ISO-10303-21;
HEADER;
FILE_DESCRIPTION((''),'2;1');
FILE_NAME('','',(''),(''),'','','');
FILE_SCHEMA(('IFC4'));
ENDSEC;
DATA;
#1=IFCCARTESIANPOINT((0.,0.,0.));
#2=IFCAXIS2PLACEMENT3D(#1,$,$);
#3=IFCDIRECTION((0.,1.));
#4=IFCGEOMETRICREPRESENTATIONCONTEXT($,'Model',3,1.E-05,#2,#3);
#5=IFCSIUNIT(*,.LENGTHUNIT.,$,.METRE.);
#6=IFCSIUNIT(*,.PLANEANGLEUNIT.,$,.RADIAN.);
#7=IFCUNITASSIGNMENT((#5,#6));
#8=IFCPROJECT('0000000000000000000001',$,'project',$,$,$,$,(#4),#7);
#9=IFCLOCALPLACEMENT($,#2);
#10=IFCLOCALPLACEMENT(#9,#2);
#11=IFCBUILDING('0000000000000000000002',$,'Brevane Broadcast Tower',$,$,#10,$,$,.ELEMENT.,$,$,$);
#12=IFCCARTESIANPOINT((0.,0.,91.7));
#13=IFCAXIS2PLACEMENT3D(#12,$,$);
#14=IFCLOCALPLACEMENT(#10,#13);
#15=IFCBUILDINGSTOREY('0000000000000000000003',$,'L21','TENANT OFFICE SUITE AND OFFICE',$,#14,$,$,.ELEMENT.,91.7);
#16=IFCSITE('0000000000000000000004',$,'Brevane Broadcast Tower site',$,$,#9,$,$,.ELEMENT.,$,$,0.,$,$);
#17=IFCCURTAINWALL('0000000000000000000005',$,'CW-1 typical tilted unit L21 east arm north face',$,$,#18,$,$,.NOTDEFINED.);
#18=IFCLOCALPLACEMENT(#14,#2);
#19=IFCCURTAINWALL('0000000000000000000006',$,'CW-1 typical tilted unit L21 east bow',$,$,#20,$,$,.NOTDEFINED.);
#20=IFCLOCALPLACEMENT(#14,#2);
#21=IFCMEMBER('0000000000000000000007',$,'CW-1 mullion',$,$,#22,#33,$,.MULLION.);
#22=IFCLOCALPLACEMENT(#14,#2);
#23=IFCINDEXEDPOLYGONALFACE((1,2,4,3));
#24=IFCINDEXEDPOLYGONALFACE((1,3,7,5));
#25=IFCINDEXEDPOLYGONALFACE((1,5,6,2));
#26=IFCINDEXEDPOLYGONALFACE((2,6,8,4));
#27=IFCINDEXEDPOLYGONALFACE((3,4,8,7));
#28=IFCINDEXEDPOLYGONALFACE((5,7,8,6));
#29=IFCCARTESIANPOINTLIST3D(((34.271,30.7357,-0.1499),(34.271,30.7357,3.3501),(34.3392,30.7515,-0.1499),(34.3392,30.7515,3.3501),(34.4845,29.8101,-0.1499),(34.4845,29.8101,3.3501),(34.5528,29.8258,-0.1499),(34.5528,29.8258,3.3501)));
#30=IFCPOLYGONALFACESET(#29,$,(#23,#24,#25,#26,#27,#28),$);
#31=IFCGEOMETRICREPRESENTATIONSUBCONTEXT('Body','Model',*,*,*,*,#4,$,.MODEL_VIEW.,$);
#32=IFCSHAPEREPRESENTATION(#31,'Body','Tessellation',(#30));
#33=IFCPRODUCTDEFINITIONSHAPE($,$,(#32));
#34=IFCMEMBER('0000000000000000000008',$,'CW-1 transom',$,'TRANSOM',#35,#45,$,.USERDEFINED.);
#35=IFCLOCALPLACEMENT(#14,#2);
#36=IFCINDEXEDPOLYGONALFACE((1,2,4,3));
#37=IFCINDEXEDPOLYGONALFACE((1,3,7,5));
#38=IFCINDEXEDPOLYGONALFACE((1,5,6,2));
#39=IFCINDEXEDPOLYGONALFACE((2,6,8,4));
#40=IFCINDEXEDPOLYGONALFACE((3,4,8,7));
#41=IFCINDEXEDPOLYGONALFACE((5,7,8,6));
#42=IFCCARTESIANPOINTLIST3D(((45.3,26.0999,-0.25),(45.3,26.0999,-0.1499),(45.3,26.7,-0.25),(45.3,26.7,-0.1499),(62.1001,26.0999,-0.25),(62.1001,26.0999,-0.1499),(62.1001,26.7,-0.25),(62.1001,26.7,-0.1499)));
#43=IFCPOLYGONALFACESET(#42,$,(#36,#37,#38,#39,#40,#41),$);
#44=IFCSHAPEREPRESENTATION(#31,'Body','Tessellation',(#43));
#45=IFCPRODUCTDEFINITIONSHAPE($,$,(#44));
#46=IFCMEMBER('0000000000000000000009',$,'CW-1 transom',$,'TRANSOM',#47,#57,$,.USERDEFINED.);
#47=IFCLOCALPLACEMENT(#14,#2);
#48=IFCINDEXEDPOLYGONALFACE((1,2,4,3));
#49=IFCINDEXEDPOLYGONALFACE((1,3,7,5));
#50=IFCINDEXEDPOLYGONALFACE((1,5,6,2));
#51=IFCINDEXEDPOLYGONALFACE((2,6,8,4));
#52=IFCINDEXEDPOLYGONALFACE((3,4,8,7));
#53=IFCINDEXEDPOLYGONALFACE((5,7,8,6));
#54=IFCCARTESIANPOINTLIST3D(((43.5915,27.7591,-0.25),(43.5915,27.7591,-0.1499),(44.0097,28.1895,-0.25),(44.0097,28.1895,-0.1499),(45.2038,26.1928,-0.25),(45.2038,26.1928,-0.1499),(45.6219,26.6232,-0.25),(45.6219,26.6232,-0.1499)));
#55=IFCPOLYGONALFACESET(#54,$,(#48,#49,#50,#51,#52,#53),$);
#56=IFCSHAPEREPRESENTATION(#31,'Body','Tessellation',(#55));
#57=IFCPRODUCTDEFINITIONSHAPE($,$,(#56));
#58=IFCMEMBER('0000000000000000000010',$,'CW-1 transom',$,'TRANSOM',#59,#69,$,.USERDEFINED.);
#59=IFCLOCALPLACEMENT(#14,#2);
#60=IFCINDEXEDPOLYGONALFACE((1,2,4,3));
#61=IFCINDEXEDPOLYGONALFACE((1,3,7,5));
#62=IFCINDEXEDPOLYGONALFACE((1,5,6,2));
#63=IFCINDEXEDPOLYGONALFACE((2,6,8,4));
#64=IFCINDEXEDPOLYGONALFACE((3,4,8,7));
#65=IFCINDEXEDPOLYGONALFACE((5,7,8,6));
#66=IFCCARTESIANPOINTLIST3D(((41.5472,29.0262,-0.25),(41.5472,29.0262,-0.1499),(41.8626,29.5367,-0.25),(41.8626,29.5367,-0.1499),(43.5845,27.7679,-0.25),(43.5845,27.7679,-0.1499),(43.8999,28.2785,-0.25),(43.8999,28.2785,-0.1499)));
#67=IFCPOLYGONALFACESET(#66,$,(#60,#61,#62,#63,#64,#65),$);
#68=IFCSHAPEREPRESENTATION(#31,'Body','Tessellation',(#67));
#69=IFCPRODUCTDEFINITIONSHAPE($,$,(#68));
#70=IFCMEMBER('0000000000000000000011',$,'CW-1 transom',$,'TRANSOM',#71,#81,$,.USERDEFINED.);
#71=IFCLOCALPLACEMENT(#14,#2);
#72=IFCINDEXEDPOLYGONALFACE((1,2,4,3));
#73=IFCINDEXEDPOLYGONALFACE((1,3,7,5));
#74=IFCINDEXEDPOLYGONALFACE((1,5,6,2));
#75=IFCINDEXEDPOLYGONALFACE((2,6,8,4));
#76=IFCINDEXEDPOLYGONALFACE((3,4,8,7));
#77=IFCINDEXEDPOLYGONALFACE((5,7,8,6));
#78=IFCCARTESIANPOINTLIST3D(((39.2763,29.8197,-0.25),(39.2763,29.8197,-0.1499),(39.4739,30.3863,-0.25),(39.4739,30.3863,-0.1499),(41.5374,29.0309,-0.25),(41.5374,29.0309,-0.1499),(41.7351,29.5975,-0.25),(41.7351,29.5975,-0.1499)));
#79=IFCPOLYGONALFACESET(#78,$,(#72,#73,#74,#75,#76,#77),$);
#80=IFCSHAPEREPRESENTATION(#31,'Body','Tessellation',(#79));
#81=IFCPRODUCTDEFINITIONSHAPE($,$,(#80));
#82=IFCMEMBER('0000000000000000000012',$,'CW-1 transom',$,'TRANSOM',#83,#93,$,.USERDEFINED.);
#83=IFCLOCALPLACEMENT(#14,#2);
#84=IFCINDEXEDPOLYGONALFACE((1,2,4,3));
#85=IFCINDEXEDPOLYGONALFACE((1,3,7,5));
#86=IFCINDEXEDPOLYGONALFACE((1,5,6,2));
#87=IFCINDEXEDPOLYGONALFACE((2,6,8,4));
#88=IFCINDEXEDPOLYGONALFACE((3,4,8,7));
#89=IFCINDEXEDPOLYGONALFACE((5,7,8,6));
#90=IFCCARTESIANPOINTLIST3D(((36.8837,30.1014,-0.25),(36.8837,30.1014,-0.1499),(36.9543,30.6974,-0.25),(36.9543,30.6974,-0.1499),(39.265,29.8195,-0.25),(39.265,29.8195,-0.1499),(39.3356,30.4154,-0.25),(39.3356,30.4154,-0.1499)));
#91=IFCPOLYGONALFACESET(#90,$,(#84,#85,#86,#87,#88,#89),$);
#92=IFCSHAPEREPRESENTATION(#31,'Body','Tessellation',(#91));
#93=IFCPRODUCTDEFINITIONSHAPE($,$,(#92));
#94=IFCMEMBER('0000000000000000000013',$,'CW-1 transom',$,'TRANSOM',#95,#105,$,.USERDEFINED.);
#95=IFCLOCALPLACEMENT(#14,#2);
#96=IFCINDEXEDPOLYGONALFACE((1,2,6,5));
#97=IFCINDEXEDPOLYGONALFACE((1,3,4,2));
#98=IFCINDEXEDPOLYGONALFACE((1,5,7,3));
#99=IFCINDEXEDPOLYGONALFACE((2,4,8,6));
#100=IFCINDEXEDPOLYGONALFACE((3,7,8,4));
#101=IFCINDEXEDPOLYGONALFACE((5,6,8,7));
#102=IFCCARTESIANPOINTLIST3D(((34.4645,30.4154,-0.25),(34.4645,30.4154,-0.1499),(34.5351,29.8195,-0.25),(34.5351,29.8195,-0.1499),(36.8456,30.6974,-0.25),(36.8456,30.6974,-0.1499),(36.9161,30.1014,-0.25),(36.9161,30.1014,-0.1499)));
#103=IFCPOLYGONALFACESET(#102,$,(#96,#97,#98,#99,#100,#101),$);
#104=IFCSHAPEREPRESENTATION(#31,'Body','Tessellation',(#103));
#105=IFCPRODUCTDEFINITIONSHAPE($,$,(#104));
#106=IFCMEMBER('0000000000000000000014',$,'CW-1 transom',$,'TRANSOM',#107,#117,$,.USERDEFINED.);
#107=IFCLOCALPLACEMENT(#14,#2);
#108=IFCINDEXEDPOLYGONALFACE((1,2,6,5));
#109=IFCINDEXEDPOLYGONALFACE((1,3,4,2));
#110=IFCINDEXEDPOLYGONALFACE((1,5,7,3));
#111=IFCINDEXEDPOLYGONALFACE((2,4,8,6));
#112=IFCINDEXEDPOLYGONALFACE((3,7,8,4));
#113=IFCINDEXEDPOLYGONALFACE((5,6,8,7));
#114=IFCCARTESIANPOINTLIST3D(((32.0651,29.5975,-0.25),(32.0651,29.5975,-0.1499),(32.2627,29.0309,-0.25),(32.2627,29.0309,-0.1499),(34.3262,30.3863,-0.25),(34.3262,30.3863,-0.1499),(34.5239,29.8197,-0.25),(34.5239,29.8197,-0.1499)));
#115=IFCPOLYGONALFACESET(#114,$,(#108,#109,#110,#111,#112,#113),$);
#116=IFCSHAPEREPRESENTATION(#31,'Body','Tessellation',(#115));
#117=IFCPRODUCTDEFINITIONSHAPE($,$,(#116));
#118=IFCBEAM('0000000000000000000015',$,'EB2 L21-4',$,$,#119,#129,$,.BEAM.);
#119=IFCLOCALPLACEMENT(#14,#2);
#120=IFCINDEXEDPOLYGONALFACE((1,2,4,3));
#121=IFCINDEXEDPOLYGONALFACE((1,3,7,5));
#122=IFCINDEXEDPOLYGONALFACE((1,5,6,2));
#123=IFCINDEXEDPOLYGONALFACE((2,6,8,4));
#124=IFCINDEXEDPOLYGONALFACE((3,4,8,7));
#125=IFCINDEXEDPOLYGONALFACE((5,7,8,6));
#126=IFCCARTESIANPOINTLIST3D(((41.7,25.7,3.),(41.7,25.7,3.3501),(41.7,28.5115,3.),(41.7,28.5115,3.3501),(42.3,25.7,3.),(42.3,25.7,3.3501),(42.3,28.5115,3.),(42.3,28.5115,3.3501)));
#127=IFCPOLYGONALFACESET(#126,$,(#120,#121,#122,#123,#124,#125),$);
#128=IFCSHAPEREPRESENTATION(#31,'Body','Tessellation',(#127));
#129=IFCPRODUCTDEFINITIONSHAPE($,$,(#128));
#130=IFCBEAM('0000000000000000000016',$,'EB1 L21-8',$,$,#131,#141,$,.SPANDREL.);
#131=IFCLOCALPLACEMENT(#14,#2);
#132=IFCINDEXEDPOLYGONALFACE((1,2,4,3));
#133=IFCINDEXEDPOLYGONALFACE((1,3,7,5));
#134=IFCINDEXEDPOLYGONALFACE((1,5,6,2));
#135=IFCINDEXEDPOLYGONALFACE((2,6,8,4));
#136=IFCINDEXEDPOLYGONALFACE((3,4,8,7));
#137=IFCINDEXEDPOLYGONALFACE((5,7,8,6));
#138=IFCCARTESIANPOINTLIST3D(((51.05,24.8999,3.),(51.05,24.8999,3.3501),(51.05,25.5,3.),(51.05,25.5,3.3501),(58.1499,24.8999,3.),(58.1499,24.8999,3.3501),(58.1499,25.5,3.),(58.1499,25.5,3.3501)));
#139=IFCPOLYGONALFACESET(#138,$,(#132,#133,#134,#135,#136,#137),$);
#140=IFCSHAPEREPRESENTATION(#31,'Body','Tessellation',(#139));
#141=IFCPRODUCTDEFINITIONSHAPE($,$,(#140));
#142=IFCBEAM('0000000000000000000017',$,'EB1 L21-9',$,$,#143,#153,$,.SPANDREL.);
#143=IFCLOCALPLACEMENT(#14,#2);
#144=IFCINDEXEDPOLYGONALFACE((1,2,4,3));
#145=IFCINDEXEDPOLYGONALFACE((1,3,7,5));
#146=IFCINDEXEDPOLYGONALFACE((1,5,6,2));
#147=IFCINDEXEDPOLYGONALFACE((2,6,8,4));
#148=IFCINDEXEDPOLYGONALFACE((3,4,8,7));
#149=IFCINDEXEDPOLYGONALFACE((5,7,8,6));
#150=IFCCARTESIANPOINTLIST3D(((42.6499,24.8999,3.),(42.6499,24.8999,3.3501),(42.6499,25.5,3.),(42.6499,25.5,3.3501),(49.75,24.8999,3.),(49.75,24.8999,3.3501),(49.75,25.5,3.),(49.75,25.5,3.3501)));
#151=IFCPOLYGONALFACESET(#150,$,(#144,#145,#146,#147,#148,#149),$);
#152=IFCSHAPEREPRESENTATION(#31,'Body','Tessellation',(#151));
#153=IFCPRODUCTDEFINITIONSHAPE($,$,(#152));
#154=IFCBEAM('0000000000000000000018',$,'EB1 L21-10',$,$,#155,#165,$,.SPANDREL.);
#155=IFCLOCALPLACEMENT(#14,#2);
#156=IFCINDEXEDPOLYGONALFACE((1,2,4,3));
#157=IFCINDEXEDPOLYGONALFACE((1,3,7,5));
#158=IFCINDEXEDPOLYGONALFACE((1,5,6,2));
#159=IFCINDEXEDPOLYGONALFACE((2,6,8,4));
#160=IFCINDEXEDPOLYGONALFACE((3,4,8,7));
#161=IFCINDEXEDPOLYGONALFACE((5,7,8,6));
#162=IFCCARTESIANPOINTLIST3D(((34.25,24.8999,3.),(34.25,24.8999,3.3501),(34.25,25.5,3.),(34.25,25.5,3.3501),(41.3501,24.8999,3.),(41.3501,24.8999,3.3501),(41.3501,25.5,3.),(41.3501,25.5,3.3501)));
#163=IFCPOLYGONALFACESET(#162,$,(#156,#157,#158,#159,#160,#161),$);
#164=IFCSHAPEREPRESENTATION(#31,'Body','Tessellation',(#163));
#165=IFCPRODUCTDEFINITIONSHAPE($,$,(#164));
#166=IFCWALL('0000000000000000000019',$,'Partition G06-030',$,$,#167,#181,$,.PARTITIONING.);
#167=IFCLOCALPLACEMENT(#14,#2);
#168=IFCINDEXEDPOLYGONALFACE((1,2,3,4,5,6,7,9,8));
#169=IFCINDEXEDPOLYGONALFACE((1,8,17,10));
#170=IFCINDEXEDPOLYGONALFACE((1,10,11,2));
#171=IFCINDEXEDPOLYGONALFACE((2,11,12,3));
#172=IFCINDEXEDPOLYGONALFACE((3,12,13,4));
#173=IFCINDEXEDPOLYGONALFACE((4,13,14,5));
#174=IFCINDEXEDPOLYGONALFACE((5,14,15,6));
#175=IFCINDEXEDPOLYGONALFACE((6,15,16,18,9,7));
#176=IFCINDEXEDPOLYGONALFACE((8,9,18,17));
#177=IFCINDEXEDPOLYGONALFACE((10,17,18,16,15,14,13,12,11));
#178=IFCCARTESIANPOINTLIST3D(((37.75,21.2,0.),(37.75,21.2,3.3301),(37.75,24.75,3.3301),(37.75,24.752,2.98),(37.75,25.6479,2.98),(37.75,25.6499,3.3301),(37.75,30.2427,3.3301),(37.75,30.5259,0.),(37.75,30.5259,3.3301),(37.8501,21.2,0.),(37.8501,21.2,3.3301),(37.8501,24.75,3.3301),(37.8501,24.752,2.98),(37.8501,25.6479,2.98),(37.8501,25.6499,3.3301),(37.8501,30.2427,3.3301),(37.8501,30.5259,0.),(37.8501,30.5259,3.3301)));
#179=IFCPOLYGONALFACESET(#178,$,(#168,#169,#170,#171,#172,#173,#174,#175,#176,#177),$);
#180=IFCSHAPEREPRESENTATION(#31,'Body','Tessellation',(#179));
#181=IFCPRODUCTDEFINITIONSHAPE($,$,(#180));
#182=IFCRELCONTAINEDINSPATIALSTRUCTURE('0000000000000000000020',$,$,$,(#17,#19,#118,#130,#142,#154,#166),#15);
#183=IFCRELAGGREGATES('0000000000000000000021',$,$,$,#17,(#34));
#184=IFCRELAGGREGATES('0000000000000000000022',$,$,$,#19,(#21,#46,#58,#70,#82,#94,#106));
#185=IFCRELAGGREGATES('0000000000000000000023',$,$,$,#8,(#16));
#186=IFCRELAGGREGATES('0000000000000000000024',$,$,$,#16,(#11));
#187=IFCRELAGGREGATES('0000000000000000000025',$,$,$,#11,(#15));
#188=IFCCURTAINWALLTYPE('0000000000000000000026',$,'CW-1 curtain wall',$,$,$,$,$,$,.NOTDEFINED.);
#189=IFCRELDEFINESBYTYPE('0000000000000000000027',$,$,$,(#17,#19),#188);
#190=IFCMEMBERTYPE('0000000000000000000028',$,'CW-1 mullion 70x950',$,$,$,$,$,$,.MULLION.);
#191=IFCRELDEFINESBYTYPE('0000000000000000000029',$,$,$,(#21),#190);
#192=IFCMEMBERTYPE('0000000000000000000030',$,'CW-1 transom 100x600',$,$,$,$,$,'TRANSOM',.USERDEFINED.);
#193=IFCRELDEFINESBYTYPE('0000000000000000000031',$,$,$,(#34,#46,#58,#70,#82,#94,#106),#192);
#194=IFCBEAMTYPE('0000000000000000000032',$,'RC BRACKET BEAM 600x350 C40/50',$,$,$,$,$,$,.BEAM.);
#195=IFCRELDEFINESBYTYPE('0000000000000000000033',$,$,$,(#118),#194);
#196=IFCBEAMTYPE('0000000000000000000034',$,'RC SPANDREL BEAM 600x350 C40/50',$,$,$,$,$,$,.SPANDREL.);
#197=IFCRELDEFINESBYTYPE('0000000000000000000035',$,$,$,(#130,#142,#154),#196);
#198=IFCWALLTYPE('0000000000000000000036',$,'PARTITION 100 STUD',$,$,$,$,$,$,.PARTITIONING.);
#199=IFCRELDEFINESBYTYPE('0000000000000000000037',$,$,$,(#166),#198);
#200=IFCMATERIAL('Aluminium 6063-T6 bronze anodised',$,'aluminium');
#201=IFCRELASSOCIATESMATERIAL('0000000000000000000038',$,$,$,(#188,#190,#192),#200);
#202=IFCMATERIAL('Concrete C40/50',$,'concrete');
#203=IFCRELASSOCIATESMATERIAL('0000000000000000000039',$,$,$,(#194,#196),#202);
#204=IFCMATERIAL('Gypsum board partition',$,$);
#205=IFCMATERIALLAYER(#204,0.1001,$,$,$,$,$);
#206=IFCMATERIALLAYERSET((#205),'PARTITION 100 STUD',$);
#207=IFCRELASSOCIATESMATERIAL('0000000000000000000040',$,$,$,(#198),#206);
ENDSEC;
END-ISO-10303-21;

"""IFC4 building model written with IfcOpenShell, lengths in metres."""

from ifc_helpers import new_model, si_unit, direction, frame, origin, origin_2d, place, context, subcontext, project, spatial, polyline, rectangle, outline, extrude, material, layer, layer_set, material_profile, profile_set, type_object, element, aggregate, save


model = new_model("IFC4")

# Units and contexts
model_context = context("Model", 3, precision=1e-05, world=origin(), true_north=direction((0.0, 1.0)))
body_context = subcontext(model_context, "Body", "Model", "MODEL_VIEW")
ifc_project = project(units=[si_unit("LENGTHUNIT", "METRE"), si_unit("PLANEANGLEUNIT", "RADIAN")], contexts=[model_context])

# Site, building, storey
site_placement = place(None, origin())
site = spatial("IfcSite", under=ifc_project, at=site_placement, Name="Brevane Broadcast Tower site", CompositionType="ELEMENT", RefElevation=0.0)
building_placement = place(site_placement, origin())
building = spatial("IfcBuilding", under=site, at=building_placement, Name="Brevane Broadcast Tower", CompositionType="ELEMENT")
storey_placement = place(building_placement, frame((0.0, 0.0, 91.7)))
storey = spatial("IfcBuildingStorey", under=building, at=storey_placement, Name="L21", Description="TENANT OFFICE SUITE AND OFFICE", CompositionType="ELEMENT", Elevation=91.7)

# Curtain walls, member
ifc_material_1 = material(Name="Aluminium 6063-T6 bronze anodised", Category="aluminium")
curtain_wall_type = type_object("IfcCurtainWallType", Name="CW-1 curtain wall", PredefinedType="NOTDEFINED", material=ifc_material_1)
ifc_material_profile_1 = material_profile(ifc_material_1, rectangle(XDim=0.95, YDim=0.0701, at=origin_2d()), Name="RECT 70x950")
ifc_profile_set_1 = profile_set([ifc_material_profile_1], Name="Aluminium 6063-T6 bronze anodised")
member_type_1 = type_object("IfcMemberType", Name="CW-1 mullion 70x950", PredefinedType="MULLION", material=ifc_profile_set_1)
curtain_wall_1_placement = place(storey_placement, origin())
curtain_wall_1 = element("IfcCurtainWall", 1, at=curtain_wall_1_placement, inside=storey, type_object=curtain_wall_type, Name="CW-1 typical tilted unit L21 east arm north face", PredefinedType="NOTDEFINED")
curtain_wall_2_placement = place(storey_placement, origin())
curtain_wall_2 = element("IfcCurtainWall", 2, at=curtain_wall_2_placement, inside=storey, type_object=curtain_wall_type, Name="CW-1 typical tilted unit L21 east bow", PredefinedType="NOTDEFINED")
member_1_placement = place(storey_placement, frame((34.4119, 30.2808, -0.1499), z_axis=(0.0, 0.0, 1.0), x_axis=(0.224806, -0.974403, 0.0)))
member_1 = element("IfcMember", 3, at=member_1_placement, type_object=member_type_1, Name="CW-1 mullion", PredefinedType="MULLION", context=body_context, shape_type="SweptSolid", body=[
    extrude(rectangle(XDim=0.95, YDim=0.0701, at=origin_2d()), origin(), (0.0, 0.0, 1.0), 3.5),
])

# Members
ifc_material_profile_2 = material_profile(ifc_material_1, rectangle(XDim=0.6001, YDim=0.1001, at=origin_2d()), Name="RECT 100x600")
ifc_profile_set_2 = profile_set([ifc_material_profile_2], Name="Aluminium 6063-T6 bronze anodised")
member_type_2 = type_object("IfcMemberType", Name="CW-1 transom 100x600", ElementType="TRANSOM", PredefinedType="USERDEFINED", material=ifc_profile_set_2)
member_2_placement = place(storey_placement, frame((62.1001, 26.3999, -0.2), z_axis=(-1.0, 0.0, 0.0), x_axis=(0.0, -1.0, 0.0)))
member_2 = element("IfcMember", 4, at=member_2_placement, type_object=member_type_2, Name="CW-1 transom", ObjectType="TRANSOM", PredefinedType="USERDEFINED", context=body_context, shape_type="SweptSolid", body=[
    extrude(rectangle(XDim=0.6001, YDim=0.1001, at=origin_2d()), origin(), (0.0, 0.0, 1.0), 16.8),
])
aggregate(curtain_wall_1, [member_2])
member_3_placement = place(storey_placement, frame((45.4128, 26.408, -0.2), z_axis=(-0.717242, 0.696824, 0.0), x_axis=(-0.696824, -0.717242, 0.0)))
member_3 = element("IfcMember", 5, at=member_3_placement, type_object=member_type_2, Name="CW-1 transom", ObjectType="TRANSOM", PredefinedType="USERDEFINED", context=body_context, shape_type="SweptSolid", body=[
    extrude(rectangle(XDim=0.6001, YDim=0.1001, at=origin_2d()), origin(), (0.0, 0.0, 1.0), 2.2478),
])
member_4_placement = place(storey_placement, frame((43.7422, 28.0232, -0.2), z_axis=(-0.85081, 0.525473, 0.0), x_axis=(-0.525473, -0.85081, 0.0)))
member_4 = element("IfcMember", 6, at=member_4_placement, type_object=member_type_2, Name="CW-1 transom", ObjectType="TRANSOM", PredefinedType="USERDEFINED", context=body_context, shape_type="SweptSolid", body=[
    extrude(rectangle(XDim=0.6001, YDim=0.1001, at=origin_2d()), origin(), (0.0, 0.0, 1.0), 2.3945),
])
member_5_placement = place(storey_placement, frame((41.6362, 29.3142, -0.2), z_axis=(-0.944198, 0.329378, 0.0), x_axis=(-0.329378, -0.944198, 0.0)))
member_5 = element("IfcMember", 7, at=member_5_placement, type_object=member_type_2, Name="CW-1 transom", ObjectType="TRANSOM", PredefinedType="USERDEFINED", context=body_context, shape_type="SweptSolid", body=[
    extrude(rectangle(XDim=0.6001, YDim=0.1001, at=origin_2d()), origin(), (0.0, 0.0, 1.0), 2.3948),
])
member_6_placement = place(storey_placement, frame((39.3003, 30.1174, -0.2), z_axis=(-0.993062, 0.117591, 0.0), x_axis=(-0.117591, -0.993062, 0.0)))
member_6 = element("IfcMember", 8, at=member_6_placement, type_object=member_type_2, Name="CW-1 transom", ObjectType="TRANSOM", PredefinedType="USERDEFINED", context=body_context, shape_type="SweptSolid", body=[
    extrude(rectangle(XDim=0.6001, YDim=0.1001, at=origin_2d()), origin(), (0.0, 0.0, 1.0), 2.3979),
])
member_7_placement = place(storey_placement, frame((36.8809, 30.3994, -0.2), z_axis=(-0.993061, -0.117603, 0.0), x_axis=(0.117603, -0.993061, 0.0)))
member_7 = element("IfcMember", 9, at=member_7_placement, type_object=member_type_2, Name="CW-1 transom", ObjectType="TRANSOM", PredefinedType="USERDEFINED", context=body_context, shape_type="SweptSolid", body=[
    extrude(rectangle(XDim=0.6001, YDim=0.1001, at=origin_2d()), origin(), (0.0, 0.0, 1.0), 2.3977),
])
member_8_placement = place(storey_placement, frame((34.425, 30.103, -0.2), z_axis=(-0.944198, -0.329378, 0.0), x_axis=(0.329378, -0.944198, 0.0)))
member_8 = element("IfcMember", 10, at=member_8_placement, type_object=member_type_2, Name="CW-1 transom", ObjectType="TRANSOM", PredefinedType="USERDEFINED", context=body_context, shape_type="SweptSolid", body=[
    extrude(rectangle(XDim=0.6001, YDim=0.1001, at=origin_2d()), origin(), (0.0, 0.0, 1.0), 2.3948),
])
aggregate(curtain_wall_2, [member_1, member_3, member_4, member_5, member_6, member_7, member_8])

# Beams
ifc_material_2 = material(Name="Concrete C40/50", Category="concrete")
ifc_material_profile_3 = material_profile(ifc_material_2, rectangle(XDim=0.6001, YDim=0.3501, at=origin_2d()), Name="RC 600x350")
ifc_profile_set_3 = profile_set([ifc_material_profile_3], Name="Concrete C40/50")
beam_type_1 = type_object("IfcBeamType", Name="RC BRACKET BEAM 600x350 C40/50", PredefinedType="BEAM", material=ifc_profile_set_3)
beam_1_placement = place(storey_placement, frame((42.0, 25.7, 3.175), z_axis=(0.0, 1.0, 0.0), x_axis=(-1.0, 0.0, 0.0)))
element("IfcBeam", 11, at=beam_1_placement, inside=storey, type_object=beam_type_1, Name="EB2 L21-4", PredefinedType="BEAM", context=body_context, shape_type="SweptSolid", body=[
    extrude(rectangle(XDim=0.6001, YDim=0.3501, at=origin_2d()), origin(), (0.0, 0.0, 1.0), 2.8115),
])
ifc_material_profile_4 = material_profile(ifc_material_2, rectangle(XDim=0.6001, YDim=0.3501, at=origin_2d()), Name="RC 600x350")
ifc_profile_set_4 = profile_set([ifc_material_profile_4], Name="Concrete C40/50")
beam_type_2 = type_object("IfcBeamType", Name="RC SPANDREL BEAM 600x350 C40/50", PredefinedType="SPANDREL", material=ifc_profile_set_4)
beam_2_placement = place(storey_placement, frame((58.1499, 25.2, 3.175), z_axis=(-1.0, 0.0, 0.0), x_axis=(0.0, -1.0, 0.0)))
element("IfcBeam", 12, at=beam_2_placement, inside=storey, type_object=beam_type_2, Name="EB1 L21-8", PredefinedType="SPANDREL", context=body_context, shape_type="SweptSolid", body=[
    extrude(rectangle(XDim=0.6001, YDim=0.3501, at=origin_2d()), origin(), (0.0, 0.0, 1.0), 7.0999),
])
for number, where, z_axis, x_axis, name in (
    (13, (49.75, 25.2, 3.175), (-1.0, 0.0, 0.0), (0.0, -1.0, 0.0), "EB1 L21-9"),
    (14, (41.3501, 25.2, 3.175), (-1.0, 0.0, 0.0), (0.0, -1.0, 0.0), "EB1 L21-10"),
):
    element("IfcBeam", number, at=place(storey_placement, frame(where, z_axis=z_axis, x_axis=x_axis)), inside=storey, type_object=beam_type_2, Name=name, PredefinedType="SPANDREL", context=body_context, shape_type="SweptSolid", body=[
        extrude(rectangle(XDim=0.6001, YDim=0.3501, at=origin_2d()), origin(), (0.0, 0.0, 1.0), 7.1001),
    ])

# Wall
ifc_material_3 = material(Name="Gypsum board partition")
ifc_layer = layer(ifc_material_3, 0.1001)
ifc_layer_set = layer_set([ifc_layer], Name="PARTITION 100 STUD")
wall_type = type_object("IfcWallType", Name="PARTITION 100 STUD", PredefinedType="PARTITIONING", material=ifc_layer_set)
wall_placement = place(storey_placement, frame((37.8, 30.5259, 0.0), z_axis=(0.0, 0.0, 1.0), x_axis=(0.0, -1.0, 0.0)))
element("IfcWall", 15, at=wall_placement, inside=storey, type_object=wall_type, Name="Partition G06-030", PredefinedType="PARTITIONING", context=body_context, shape_type="SweptSolid", body=[
    extrude(outline(polyline([(0.0, 0.0), (9.3259, 0.0), (9.3259, 3.3301), (5.7759, 3.3301), (5.7739, 2.98), (4.8779, 2.98), (4.876, 3.3301), (0.2832, 3.3301), (0.0, 3.3301), (0.0, 0.0)])), frame((0.0, 0.05, 0.0), z_axis=(0.0, -1.0, 0.0), x_axis=(1.0, 0.0, 0.0)), (0.0, 0.0, 1.0), 0.1001),
])

save(model, "model.ifc")
